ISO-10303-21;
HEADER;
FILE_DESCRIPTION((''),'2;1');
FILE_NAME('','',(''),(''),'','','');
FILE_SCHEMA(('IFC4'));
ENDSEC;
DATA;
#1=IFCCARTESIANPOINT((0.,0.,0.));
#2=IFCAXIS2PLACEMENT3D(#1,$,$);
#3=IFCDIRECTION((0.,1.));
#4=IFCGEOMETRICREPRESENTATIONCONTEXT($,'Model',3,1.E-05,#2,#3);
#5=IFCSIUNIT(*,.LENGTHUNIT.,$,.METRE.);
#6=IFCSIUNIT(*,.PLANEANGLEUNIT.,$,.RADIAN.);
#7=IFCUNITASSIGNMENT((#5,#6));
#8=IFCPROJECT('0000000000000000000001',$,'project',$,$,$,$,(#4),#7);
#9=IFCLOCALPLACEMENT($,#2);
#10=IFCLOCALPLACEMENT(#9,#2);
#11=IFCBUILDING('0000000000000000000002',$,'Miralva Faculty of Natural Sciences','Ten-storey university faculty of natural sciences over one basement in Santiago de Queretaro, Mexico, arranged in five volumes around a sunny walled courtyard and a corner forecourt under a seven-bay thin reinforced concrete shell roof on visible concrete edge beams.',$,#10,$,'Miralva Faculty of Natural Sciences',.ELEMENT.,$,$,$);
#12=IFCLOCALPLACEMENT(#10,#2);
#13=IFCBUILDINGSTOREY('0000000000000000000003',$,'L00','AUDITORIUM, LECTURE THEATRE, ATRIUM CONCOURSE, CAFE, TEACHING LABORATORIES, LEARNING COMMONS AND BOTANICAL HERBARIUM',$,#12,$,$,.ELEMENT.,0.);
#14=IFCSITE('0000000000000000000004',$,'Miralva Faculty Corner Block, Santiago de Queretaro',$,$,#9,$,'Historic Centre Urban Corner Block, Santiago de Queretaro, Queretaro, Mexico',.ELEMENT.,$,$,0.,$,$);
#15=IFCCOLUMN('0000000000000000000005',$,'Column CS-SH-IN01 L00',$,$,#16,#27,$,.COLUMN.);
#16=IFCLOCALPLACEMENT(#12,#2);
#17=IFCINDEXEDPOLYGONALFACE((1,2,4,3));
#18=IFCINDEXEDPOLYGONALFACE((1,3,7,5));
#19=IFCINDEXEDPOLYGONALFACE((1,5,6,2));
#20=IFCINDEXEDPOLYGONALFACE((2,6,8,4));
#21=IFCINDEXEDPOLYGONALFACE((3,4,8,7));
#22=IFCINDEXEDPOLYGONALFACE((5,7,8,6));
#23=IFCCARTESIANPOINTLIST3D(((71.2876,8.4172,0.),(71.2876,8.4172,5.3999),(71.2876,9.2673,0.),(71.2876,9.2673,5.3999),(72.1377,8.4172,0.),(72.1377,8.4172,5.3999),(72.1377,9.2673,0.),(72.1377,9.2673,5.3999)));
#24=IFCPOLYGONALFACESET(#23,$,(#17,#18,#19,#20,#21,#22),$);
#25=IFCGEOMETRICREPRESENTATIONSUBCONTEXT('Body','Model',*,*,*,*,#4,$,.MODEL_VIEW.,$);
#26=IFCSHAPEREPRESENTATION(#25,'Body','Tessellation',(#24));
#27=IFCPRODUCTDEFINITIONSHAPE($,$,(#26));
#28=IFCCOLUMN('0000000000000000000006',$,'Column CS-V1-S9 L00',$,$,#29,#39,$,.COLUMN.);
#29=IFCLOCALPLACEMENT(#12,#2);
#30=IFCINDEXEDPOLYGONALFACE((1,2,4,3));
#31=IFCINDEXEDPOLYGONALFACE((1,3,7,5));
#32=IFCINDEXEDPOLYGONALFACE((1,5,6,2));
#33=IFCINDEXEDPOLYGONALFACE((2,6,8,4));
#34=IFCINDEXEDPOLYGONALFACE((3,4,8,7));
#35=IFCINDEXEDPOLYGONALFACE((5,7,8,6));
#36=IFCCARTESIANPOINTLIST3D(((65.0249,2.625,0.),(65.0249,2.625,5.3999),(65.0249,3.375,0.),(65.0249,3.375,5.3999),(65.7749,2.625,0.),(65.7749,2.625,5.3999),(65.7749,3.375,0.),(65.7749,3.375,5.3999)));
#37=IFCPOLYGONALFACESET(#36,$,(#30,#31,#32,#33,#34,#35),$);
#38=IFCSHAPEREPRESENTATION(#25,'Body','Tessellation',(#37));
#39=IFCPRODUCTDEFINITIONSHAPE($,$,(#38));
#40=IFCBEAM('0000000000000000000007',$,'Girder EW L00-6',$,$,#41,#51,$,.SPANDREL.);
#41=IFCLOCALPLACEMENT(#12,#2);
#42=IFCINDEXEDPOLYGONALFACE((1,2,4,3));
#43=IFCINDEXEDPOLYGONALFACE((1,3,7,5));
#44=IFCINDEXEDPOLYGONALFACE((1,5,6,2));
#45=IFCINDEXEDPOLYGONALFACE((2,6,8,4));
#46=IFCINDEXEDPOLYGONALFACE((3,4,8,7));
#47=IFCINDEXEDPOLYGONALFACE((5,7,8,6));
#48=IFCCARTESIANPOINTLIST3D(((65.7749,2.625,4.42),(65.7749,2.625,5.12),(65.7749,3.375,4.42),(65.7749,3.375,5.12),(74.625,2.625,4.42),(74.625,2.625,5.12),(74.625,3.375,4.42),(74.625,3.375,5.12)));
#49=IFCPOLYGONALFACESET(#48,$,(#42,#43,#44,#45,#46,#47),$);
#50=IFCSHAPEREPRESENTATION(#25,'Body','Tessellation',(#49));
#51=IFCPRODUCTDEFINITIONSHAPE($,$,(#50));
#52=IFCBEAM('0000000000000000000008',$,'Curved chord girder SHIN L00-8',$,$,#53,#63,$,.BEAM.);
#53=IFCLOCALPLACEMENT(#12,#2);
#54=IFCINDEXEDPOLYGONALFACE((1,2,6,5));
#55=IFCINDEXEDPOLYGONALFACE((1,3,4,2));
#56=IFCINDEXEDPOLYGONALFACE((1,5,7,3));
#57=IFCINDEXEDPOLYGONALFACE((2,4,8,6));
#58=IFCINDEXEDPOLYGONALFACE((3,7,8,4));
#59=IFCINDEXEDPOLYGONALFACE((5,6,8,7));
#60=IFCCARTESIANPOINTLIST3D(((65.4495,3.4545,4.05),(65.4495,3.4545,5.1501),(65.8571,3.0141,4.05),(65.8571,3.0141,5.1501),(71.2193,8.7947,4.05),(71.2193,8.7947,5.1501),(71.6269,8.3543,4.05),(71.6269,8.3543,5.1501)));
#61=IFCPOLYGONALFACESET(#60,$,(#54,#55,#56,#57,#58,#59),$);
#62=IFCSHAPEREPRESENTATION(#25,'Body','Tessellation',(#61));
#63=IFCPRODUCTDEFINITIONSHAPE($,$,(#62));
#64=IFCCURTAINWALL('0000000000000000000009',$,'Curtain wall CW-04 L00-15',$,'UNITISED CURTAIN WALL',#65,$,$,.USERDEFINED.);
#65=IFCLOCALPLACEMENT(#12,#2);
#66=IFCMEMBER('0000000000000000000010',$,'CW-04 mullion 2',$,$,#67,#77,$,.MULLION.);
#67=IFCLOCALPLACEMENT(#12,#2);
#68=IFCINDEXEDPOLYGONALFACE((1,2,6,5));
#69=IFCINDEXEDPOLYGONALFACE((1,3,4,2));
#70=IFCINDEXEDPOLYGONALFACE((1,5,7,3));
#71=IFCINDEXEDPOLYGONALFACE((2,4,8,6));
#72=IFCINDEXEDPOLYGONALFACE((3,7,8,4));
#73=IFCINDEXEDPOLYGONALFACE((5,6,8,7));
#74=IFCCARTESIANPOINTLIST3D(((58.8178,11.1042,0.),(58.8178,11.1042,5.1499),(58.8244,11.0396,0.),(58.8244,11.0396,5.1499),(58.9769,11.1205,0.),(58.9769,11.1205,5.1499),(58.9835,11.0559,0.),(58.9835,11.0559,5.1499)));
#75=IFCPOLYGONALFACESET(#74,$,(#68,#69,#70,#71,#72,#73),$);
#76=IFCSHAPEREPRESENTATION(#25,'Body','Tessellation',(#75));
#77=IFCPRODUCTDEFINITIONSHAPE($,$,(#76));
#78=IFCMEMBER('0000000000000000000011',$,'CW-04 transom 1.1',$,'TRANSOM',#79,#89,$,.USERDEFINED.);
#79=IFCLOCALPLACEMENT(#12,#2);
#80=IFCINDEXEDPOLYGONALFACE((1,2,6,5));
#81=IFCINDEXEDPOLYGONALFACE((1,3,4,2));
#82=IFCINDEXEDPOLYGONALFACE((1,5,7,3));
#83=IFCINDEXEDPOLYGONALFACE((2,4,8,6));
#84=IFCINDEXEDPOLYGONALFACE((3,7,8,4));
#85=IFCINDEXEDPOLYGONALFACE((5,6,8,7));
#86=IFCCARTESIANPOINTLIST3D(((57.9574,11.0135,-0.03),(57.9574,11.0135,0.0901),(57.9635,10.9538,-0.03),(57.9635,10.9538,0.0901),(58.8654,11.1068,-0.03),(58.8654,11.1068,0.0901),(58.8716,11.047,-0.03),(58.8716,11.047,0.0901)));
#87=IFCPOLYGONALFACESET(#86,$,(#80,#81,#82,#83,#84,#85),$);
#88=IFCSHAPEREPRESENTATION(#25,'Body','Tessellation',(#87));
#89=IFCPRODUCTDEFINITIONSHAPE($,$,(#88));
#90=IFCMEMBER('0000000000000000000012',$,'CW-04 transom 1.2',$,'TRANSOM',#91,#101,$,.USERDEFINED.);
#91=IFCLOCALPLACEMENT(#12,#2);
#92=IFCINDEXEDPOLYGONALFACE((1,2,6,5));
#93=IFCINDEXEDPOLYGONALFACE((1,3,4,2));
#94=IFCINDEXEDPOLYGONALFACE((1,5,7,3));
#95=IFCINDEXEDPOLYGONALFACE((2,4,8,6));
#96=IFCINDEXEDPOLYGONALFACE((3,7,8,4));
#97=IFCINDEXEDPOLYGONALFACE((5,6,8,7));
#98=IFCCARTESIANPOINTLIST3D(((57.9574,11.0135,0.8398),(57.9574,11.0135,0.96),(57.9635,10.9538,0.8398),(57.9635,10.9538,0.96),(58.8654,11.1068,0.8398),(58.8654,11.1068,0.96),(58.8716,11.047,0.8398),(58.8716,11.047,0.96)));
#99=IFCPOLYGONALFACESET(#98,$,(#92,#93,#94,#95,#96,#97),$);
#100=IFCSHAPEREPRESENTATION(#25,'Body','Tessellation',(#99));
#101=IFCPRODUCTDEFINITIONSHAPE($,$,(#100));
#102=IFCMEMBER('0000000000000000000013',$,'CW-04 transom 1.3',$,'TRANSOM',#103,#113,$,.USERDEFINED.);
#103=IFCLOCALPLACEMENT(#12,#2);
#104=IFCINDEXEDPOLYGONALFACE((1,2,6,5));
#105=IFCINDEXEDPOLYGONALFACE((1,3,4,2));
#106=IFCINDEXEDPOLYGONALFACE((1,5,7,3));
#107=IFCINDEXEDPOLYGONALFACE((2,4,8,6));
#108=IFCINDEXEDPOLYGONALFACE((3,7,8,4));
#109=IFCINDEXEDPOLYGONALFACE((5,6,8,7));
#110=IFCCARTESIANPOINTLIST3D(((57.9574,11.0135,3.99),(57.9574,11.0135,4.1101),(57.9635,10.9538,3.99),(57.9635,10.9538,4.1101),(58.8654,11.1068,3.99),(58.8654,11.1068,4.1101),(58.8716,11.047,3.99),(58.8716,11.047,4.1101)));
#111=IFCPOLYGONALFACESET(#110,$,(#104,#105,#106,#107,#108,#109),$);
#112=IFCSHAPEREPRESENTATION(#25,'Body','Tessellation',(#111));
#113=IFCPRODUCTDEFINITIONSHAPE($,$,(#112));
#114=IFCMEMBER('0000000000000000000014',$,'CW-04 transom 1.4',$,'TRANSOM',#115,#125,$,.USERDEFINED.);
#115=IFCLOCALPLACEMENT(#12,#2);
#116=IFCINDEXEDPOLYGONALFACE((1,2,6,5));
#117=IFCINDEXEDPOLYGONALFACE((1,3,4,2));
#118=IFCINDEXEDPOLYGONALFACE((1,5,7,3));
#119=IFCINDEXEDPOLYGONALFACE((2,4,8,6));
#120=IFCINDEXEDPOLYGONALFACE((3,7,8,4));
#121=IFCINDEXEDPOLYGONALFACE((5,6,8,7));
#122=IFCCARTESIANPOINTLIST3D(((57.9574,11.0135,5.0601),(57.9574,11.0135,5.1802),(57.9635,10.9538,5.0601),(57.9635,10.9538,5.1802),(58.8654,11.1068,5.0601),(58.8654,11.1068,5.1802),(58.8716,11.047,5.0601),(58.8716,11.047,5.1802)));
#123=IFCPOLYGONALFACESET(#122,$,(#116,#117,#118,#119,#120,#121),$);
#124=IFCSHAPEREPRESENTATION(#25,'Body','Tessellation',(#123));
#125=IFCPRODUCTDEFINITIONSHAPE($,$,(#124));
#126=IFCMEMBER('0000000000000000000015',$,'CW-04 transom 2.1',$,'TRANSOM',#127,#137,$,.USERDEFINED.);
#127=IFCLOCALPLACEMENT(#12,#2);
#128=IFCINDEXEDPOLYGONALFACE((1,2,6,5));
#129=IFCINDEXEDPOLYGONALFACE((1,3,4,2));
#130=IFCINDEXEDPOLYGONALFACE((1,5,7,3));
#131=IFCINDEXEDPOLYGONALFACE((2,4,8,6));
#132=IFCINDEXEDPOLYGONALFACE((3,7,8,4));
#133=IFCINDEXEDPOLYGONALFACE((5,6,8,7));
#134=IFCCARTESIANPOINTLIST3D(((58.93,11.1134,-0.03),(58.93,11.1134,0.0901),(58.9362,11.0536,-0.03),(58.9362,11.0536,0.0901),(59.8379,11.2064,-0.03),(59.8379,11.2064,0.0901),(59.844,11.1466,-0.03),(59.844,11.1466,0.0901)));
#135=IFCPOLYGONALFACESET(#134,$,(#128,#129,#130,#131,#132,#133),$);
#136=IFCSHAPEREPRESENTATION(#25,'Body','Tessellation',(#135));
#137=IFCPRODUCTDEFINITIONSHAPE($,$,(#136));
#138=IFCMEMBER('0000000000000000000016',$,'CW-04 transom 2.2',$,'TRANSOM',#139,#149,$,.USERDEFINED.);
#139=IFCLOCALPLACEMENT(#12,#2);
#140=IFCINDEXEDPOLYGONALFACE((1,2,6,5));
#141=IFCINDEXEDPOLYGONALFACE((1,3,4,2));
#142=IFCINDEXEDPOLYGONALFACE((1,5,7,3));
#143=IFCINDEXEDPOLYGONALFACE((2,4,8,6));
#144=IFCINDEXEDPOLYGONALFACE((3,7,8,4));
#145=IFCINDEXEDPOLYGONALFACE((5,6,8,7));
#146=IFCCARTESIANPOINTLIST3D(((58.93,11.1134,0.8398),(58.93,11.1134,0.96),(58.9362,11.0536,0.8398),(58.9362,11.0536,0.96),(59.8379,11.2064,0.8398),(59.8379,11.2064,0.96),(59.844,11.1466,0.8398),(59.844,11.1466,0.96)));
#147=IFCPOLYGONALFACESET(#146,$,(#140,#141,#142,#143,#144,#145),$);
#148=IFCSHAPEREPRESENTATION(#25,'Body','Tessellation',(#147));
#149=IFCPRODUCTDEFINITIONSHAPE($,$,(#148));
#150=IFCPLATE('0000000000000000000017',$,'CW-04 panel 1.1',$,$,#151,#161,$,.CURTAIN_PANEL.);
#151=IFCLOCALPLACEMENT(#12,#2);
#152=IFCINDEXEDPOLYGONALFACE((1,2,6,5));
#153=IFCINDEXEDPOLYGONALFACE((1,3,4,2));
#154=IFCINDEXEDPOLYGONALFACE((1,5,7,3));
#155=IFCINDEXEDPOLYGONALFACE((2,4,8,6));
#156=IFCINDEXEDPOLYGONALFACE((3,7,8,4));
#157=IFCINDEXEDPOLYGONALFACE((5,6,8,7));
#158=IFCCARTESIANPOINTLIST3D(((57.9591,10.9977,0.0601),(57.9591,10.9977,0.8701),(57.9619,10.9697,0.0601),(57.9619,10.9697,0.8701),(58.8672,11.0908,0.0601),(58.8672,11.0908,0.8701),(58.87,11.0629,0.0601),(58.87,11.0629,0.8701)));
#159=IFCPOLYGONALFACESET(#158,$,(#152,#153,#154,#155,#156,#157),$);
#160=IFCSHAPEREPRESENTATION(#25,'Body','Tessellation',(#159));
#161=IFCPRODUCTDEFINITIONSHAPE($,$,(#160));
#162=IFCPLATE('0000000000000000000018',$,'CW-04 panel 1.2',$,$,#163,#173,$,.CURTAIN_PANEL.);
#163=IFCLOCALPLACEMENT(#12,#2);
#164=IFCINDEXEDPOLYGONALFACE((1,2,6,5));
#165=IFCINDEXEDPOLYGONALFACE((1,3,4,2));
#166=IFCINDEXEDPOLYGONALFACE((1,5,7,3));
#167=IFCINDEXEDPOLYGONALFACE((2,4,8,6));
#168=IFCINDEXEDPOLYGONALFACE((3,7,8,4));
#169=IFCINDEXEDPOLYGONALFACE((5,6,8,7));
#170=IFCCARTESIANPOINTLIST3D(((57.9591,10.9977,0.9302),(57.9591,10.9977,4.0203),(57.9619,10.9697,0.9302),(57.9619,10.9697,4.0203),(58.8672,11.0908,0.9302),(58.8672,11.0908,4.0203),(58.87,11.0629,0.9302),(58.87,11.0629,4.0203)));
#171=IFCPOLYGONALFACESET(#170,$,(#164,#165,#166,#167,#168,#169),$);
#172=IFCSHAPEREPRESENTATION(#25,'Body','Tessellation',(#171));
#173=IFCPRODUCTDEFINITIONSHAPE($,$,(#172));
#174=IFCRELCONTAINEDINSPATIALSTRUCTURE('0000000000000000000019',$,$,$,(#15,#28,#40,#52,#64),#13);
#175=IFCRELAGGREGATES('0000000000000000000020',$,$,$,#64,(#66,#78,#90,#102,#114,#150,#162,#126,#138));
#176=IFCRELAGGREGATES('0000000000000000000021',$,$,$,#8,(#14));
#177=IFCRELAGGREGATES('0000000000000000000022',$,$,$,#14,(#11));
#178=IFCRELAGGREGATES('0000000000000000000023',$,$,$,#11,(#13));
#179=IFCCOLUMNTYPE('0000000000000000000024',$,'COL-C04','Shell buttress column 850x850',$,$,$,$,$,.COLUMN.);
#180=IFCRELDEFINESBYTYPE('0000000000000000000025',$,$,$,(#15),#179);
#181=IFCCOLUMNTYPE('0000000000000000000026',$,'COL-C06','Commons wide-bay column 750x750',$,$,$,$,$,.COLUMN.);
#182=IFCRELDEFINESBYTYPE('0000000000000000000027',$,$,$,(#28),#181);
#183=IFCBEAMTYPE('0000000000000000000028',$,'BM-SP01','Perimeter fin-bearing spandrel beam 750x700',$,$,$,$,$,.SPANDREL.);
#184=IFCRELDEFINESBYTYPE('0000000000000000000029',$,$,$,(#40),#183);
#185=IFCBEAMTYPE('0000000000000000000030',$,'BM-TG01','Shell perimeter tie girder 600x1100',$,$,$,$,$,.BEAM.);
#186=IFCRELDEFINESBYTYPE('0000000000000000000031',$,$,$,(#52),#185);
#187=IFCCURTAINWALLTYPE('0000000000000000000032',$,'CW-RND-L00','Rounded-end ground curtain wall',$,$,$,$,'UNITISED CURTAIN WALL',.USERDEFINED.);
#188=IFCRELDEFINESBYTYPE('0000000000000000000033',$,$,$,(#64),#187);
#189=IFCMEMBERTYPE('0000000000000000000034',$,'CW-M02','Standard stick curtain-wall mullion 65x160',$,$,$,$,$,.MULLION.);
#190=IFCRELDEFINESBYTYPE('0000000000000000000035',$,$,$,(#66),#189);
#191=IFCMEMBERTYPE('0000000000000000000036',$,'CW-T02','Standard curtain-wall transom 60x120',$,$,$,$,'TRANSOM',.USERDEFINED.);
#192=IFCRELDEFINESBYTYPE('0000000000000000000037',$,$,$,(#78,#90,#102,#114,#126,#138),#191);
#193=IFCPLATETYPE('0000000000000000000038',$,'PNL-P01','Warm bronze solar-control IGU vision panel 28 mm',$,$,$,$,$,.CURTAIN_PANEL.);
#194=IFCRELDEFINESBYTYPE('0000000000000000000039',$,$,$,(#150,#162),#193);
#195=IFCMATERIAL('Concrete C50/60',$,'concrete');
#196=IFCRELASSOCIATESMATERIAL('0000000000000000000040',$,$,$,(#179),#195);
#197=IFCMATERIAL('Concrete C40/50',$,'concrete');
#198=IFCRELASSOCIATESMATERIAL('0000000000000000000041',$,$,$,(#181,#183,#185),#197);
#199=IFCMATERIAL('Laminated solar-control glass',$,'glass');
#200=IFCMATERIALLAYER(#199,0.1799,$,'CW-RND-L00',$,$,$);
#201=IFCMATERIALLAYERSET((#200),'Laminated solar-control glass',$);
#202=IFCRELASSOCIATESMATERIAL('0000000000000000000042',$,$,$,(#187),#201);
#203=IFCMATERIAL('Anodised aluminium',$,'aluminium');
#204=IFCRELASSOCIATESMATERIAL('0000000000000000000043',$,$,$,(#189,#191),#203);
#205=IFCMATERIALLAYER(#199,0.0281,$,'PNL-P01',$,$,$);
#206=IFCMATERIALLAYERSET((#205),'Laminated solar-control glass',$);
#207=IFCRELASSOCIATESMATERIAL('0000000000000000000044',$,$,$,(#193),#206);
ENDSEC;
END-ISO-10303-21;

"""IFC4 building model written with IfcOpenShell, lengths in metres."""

from ifc_helpers import new_model, si_unit, direction, frame, origin, origin_2d, place, context, subcontext, project, spatial, rectangle, extrude, material, layer, layer_set, material_profile, profile_set, type_object, element, aggregate, save


model = new_model("IFC4")

# Units and contexts
model_context = context("Model", 3, precision=1e-05, world=origin(), true_north=direction((0.0, 1.0)))
body_context = subcontext(model_context, "Body", "Model", "MODEL_VIEW")
ifc_project = project(units=[si_unit("LENGTHUNIT", "METRE"), si_unit("PLANEANGLEUNIT", "RADIAN")], contexts=[model_context])

# Site, building, storey
site_placement = place(None, origin())
site = spatial("IfcSite", under=ifc_project, at=site_placement, Name="Miralva Faculty Corner Block, Santiago de Queretaro", LongName="Historic Centre Urban Corner Block, Santiago de Queretaro, Queretaro, Mexico", CompositionType="ELEMENT", RefElevation=0.0)
building_placement = place(site_placement, origin())
building = spatial("IfcBuilding", under=site, at=building_placement, Name="Miralva Faculty of Natural Sciences", Description="Ten-storey university faculty of natural sciences over one basement in Santiago de Queretaro, Mexico, arranged in five volumes around a sunny walled courtyard and a corner forecourt under a seven-bay thin reinforced concrete shell roof on visible concrete edge beams.", LongName="Miralva Faculty of Natural Sciences", CompositionType="ELEMENT")
storey_placement = place(building_placement, origin())
storey = spatial("IfcBuildingStorey", under=building, at=storey_placement, Name="L00", Description="AUDITORIUM, LECTURE THEATRE, ATRIUM CONCOURSE, CAFE, TEACHING LABORATORIES, LEARNING COMMONS AND BOTANICAL HERBARIUM", CompositionType="ELEMENT", Elevation=0.0)

# Columns
ifc_material_1 = material(Name="Concrete C50/60", Category="concrete")
ifc_material_profile_1 = material_profile(ifc_material_1, rectangle(XDim=0.8501, YDim=0.8501, at=origin_2d()), Name="RC 850x850")
ifc_profile_set_1 = profile_set([ifc_material_profile_1], Name="Concrete C50/60")
column_type_1 = type_object("IfcColumnType", Name="COL-C04", Description="Shell buttress column 850x850", PredefinedType="COLUMN", material=ifc_profile_set_1)
column_1_placement = place(storey_placement, frame((71.7126, 8.8423, 0.0), z_axis=(0.0, 0.0, 1.0), x_axis=(1.0, 0.0, 0.0)))
element("IfcColumn", 1, at=column_1_placement, inside=storey, type_object=column_type_1, Name="Column CS-SH-IN01 L00", PredefinedType="COLUMN", context=body_context, shape_type="SweptSolid", body=[
    extrude(rectangle(XDim=0.8501, YDim=0.8501, at=origin_2d()), origin(), (0.0, 0.0, 1.0), 5.3999),
])
ifc_material_2 = material(Name="Concrete C40/50", Category="concrete")
ifc_material_profile_2 = material_profile(ifc_material_2, rectangle(XDim=0.75, YDim=0.75, at=origin_2d()), Name="RC 750x750")
ifc_profile_set_2 = profile_set([ifc_material_profile_2], Name="Concrete C40/50")
column_type_2 = type_object("IfcColumnType", Name="COL-C06", Description="Commons wide-bay column 750x750", PredefinedType="COLUMN", material=ifc_profile_set_2)
column_2_placement = place(storey_placement, frame((65.3999, 3.0, 0.0), z_axis=(0.0, 0.0, 1.0), x_axis=(1.0, 0.0, 0.0)))
element("IfcColumn", 2, at=column_2_placement, inside=storey, type_object=column_type_2, Name="Column CS-V1-S9 L00", PredefinedType="COLUMN", context=body_context, shape_type="SweptSolid", body=[
    extrude(rectangle(XDim=0.75, YDim=0.75, at=origin_2d()), origin(), (0.0, 0.0, 1.0), 5.3999),
])

# Beams
ifc_material_profile_3 = material_profile(ifc_material_2, rectangle(XDim=0.75, YDim=0.7, at=origin_2d()), Name="RC 750x700")
ifc_profile_set_3 = profile_set([ifc_material_profile_3], Name="Concrete C40/50")
beam_type_1 = type_object("IfcBeamType", Name="BM-SP01", Description="Perimeter fin-bearing spandrel beam 750x700", PredefinedType="SPANDREL", material=ifc_profile_set_3)
beam_1_placement = place(storey_placement, frame((65.7749, 3.0, 4.77), z_axis=(1.0, 0.0, 0.0), x_axis=(0.0, 1.0, 0.0)))
element("IfcBeam", 3, at=beam_1_placement, inside=storey, type_object=beam_type_1, Name="Girder EW L00-6", PredefinedType="SPANDREL", context=body_context, shape_type="SweptSolid", body=[
    extrude(rectangle(XDim=0.75, YDim=0.7, at=origin_2d()), origin(), (0.0, 0.0, 1.0), 8.8501),
])
ifc_material_profile_4 = material_profile(ifc_material_2, rectangle(XDim=0.6001, YDim=1.1001, at=origin_2d()), Name="RC 600x1100")
ifc_profile_set_4 = profile_set([ifc_material_profile_4], Name="Concrete C40/50")
beam_type_2 = type_object("IfcBeamType", Name="BM-TG01", Description="Shell perimeter tie girder 600x1100", PredefinedType="BEAM", material=ifc_profile_set_4)
beam_2_placement = place(storey_placement, frame((71.4231, 8.5745, 4.6001), z_axis=(-0.733906, -0.679251, 0.0), x_axis=(0.679251, -0.733906, 0.0)))
element("IfcBeam", 4, at=beam_2_placement, inside=storey, type_object=beam_type_2, Name="Curved chord girder SHIN L00-8", PredefinedType="BEAM", context=body_context, shape_type="SweptSolid", body=[
    extrude(rectangle(XDim=0.6001, YDim=1.1001, at=origin_2d()), origin(), (0.0, 0.0, 1.0), 7.8618),
])

# Curtain wall, members, plates
ifc_material_3 = material(Name="Laminated solar-control glass", Category="glass")
ifc_layer_1 = layer(ifc_material_3, 0.1799, Name="CW-RND-L00")
ifc_layer_set_1 = layer_set([ifc_layer_1], Name="Laminated solar-control glass")
curtain_wall_type = type_object("IfcCurtainWallType", Name="CW-RND-L00", Description="Rounded-end ground curtain wall", ElementType="UNITISED CURTAIN WALL", PredefinedType="USERDEFINED", material=ifc_layer_set_1)
curtain_wall_placement = place(storey_placement, origin())
curtain_wall = element("IfcCurtainWall", 5, at=curtain_wall_placement, inside=storey, type_object=curtain_wall_type, Name="Curtain wall CW-04 L00-15", ObjectType="UNITISED CURTAIN WALL", PredefinedType="USERDEFINED")
ifc_material_4 = material(Name="Anodised aluminium", Category="aluminium")
ifc_material_profile_5 = material_profile(ifc_material_4, rectangle(XDim=0.0649, YDim=0.1599, at=origin_2d()), Name="MULLION 65x160")
ifc_profile_set_5 = profile_set([ifc_material_profile_5], Name="Anodised aluminium")
member_type_1 = type_object("IfcMemberType", Name="CW-M02", Description="Standard stick curtain-wall mullion 65x160", PredefinedType="MULLION", material=ifc_profile_set_5)
member_1_placement = place(storey_placement, frame((58.9006, 11.0801, 0.0), z_axis=(0.0, 0.0, 1.0), x_axis=(-0.102056, 0.994779, 0.0)))
member_1 = element("IfcMember", 6, at=member_1_placement, type_object=member_type_1, Name="CW-04 mullion 2", PredefinedType="MULLION", context=body_context, shape_type="SweptSolid", body=[
    extrude(rectangle(XDim=0.0649, YDim=0.1599, at=origin_2d()), origin(), (0.0, 0.0, 1.0), 5.1499),
])
ifc_material_profile_6 = material_profile(ifc_material_4, rectangle(XDim=0.0601, YDim=0.1201, at=origin_2d()), Name="TRANSOM 60x120")
ifc_profile_set_6 = profile_set([ifc_material_profile_6], Name="Anodised aluminium")
member_type_2 = type_object("IfcMemberType", Name="CW-T02", Description="Standard curtain-wall transom 60x120", ElementType="TRANSOM", PredefinedType="USERDEFINED", material=ifc_profile_set_6)
member_2_placement = place(storey_placement, frame((57.9604, 10.9836, 0.03), z_axis=(0.994766, 0.102178, 0.0), x_axis=(-0.102178, 0.994766, 0.0)))
member_2 = element("IfcMember", 7, at=member_2_placement, type_object=member_type_2, Name="CW-04 transom 1.1", ObjectType="TRANSOM", PredefinedType="USERDEFINED", context=body_context, shape_type="SweptSolid", body=[
    extrude(rectangle(XDim=0.0601, YDim=0.1201, at=origin_2d()), origin(), (0.0, 0.0, 1.0), 0.9128),
])
member_3_placement = place(storey_placement, frame((57.9604, 10.9836, 0.8999), z_axis=(0.994766, 0.102178, 0.0), x_axis=(-0.102178, 0.994766, 0.0)))
member_3 = element("IfcMember", 8, at=member_3_placement, type_object=member_type_2, Name="CW-04 transom 1.2", ObjectType="TRANSOM", PredefinedType="USERDEFINED", context=body_context, shape_type="SweptSolid", body=[
    extrude(rectangle(XDim=0.0601, YDim=0.1201, at=origin_2d()), origin(), (0.0, 0.0, 1.0), 0.9128),
])
member_4_placement = place(storey_placement, frame((57.9604, 10.9836, 4.05), z_axis=(0.994766, 0.102178, 0.0), x_axis=(-0.102178, 0.994766, 0.0)))
member_4 = element("IfcMember", 9, at=member_4_placement, type_object=member_type_2, Name="CW-04 transom 1.3", ObjectType="TRANSOM", PredefinedType="USERDEFINED", context=body_context, shape_type="SweptSolid", body=[
    extrude(rectangle(XDim=0.0601, YDim=0.1201, at=origin_2d()), origin(), (0.0, 0.0, 1.0), 0.9128),
])
member_5_placement = place(storey_placement, frame((57.9604, 10.9836, 5.1201), z_axis=(0.994766, 0.102178, 0.0), x_axis=(-0.102178, 0.994766, 0.0)))
member_5 = element("IfcMember", 10, at=member_5_placement, type_object=member_type_2, Name="CW-04 transom 1.4", ObjectType="TRANSOM", PredefinedType="USERDEFINED", context=body_context, shape_type="SweptSolid", body=[
    extrude(rectangle(XDim=0.0601, YDim=0.1201, at=origin_2d()), origin(), (0.0, 0.0, 1.0), 0.9128),
])
member_6_placement = place(storey_placement, frame((58.9331, 11.0835, 0.03), z_axis=(0.994793, 0.101913, 0.0), x_axis=(-0.101913, 0.994793, 0.0)))
member_6 = element("IfcMember", 11, at=member_6_placement, type_object=member_type_2, Name="CW-04 transom 2.1", ObjectType="TRANSOM", PredefinedType="USERDEFINED", context=body_context, shape_type="SweptSolid", body=[
    extrude(rectangle(XDim=0.0601, YDim=0.1201, at=origin_2d()), origin(), (0.0, 0.0, 1.0), 0.9126),
])
member_7_placement = place(storey_placement, frame((58.9331, 11.0835, 0.8999), z_axis=(0.994793, 0.101913, 0.0), x_axis=(-0.101913, 0.994793, 0.0)))
member_7 = element("IfcMember", 12, at=member_7_placement, type_object=member_type_2, Name="CW-04 transom 2.2", ObjectType="TRANSOM", PredefinedType="USERDEFINED", context=body_context, shape_type="SweptSolid", body=[
    extrude(rectangle(XDim=0.0601, YDim=0.1201, at=origin_2d()), origin(), (0.0, 0.0, 1.0), 0.9126),
])
ifc_layer_2 = layer(ifc_material_3, 0.0281, Name="PNL-P01")
ifc_layer_set_2 = layer_set([ifc_layer_2], Name="Laminated solar-control glass")
plate_type = type_object("IfcPlateType", Name="PNL-P01", Description="Warm bronze solar-control IGU vision panel 28 mm", PredefinedType="CURTAIN_PANEL", material=ifc_layer_set_2)
plate_1_placement = place(storey_placement, frame((58.4146, 11.0303, 0.0601), z_axis=(0.0, 0.0, 1.0), x_axis=(0.994779, 0.102056, 0.0)))
plate_1 = element("IfcPlate", 13, at=plate_1_placement, type_object=plate_type, Name="CW-04 panel 1.1", PredefinedType="CURTAIN_PANEL", context=body_context, shape_type="SweptSolid", body=[
    extrude(rectangle(XDim=0.9128, YDim=0.0281, at=origin_2d()), origin(), (0.0, 0.0, 1.0), 0.8101),
])
plate_2_placement = place(storey_placement, frame((58.4146, 11.0303, 0.9302), z_axis=(0.0, 0.0, 1.0), x_axis=(0.994779, 0.102056, 0.0)))
plate_2 = element("IfcPlate", 14, at=plate_2_placement, type_object=plate_type, Name="CW-04 panel 1.2", PredefinedType="CURTAIN_PANEL", context=body_context, shape_type="SweptSolid", body=[
    extrude(rectangle(XDim=0.9128, YDim=0.0281, at=origin_2d()), origin(), (0.0, 0.0, 1.0), 3.0901),
])
aggregate(curtain_wall, [member_1, member_2, member_3, member_4, member_5, plate_1, plate_2, member_6, member_7])

save(model, "model.ifc")
